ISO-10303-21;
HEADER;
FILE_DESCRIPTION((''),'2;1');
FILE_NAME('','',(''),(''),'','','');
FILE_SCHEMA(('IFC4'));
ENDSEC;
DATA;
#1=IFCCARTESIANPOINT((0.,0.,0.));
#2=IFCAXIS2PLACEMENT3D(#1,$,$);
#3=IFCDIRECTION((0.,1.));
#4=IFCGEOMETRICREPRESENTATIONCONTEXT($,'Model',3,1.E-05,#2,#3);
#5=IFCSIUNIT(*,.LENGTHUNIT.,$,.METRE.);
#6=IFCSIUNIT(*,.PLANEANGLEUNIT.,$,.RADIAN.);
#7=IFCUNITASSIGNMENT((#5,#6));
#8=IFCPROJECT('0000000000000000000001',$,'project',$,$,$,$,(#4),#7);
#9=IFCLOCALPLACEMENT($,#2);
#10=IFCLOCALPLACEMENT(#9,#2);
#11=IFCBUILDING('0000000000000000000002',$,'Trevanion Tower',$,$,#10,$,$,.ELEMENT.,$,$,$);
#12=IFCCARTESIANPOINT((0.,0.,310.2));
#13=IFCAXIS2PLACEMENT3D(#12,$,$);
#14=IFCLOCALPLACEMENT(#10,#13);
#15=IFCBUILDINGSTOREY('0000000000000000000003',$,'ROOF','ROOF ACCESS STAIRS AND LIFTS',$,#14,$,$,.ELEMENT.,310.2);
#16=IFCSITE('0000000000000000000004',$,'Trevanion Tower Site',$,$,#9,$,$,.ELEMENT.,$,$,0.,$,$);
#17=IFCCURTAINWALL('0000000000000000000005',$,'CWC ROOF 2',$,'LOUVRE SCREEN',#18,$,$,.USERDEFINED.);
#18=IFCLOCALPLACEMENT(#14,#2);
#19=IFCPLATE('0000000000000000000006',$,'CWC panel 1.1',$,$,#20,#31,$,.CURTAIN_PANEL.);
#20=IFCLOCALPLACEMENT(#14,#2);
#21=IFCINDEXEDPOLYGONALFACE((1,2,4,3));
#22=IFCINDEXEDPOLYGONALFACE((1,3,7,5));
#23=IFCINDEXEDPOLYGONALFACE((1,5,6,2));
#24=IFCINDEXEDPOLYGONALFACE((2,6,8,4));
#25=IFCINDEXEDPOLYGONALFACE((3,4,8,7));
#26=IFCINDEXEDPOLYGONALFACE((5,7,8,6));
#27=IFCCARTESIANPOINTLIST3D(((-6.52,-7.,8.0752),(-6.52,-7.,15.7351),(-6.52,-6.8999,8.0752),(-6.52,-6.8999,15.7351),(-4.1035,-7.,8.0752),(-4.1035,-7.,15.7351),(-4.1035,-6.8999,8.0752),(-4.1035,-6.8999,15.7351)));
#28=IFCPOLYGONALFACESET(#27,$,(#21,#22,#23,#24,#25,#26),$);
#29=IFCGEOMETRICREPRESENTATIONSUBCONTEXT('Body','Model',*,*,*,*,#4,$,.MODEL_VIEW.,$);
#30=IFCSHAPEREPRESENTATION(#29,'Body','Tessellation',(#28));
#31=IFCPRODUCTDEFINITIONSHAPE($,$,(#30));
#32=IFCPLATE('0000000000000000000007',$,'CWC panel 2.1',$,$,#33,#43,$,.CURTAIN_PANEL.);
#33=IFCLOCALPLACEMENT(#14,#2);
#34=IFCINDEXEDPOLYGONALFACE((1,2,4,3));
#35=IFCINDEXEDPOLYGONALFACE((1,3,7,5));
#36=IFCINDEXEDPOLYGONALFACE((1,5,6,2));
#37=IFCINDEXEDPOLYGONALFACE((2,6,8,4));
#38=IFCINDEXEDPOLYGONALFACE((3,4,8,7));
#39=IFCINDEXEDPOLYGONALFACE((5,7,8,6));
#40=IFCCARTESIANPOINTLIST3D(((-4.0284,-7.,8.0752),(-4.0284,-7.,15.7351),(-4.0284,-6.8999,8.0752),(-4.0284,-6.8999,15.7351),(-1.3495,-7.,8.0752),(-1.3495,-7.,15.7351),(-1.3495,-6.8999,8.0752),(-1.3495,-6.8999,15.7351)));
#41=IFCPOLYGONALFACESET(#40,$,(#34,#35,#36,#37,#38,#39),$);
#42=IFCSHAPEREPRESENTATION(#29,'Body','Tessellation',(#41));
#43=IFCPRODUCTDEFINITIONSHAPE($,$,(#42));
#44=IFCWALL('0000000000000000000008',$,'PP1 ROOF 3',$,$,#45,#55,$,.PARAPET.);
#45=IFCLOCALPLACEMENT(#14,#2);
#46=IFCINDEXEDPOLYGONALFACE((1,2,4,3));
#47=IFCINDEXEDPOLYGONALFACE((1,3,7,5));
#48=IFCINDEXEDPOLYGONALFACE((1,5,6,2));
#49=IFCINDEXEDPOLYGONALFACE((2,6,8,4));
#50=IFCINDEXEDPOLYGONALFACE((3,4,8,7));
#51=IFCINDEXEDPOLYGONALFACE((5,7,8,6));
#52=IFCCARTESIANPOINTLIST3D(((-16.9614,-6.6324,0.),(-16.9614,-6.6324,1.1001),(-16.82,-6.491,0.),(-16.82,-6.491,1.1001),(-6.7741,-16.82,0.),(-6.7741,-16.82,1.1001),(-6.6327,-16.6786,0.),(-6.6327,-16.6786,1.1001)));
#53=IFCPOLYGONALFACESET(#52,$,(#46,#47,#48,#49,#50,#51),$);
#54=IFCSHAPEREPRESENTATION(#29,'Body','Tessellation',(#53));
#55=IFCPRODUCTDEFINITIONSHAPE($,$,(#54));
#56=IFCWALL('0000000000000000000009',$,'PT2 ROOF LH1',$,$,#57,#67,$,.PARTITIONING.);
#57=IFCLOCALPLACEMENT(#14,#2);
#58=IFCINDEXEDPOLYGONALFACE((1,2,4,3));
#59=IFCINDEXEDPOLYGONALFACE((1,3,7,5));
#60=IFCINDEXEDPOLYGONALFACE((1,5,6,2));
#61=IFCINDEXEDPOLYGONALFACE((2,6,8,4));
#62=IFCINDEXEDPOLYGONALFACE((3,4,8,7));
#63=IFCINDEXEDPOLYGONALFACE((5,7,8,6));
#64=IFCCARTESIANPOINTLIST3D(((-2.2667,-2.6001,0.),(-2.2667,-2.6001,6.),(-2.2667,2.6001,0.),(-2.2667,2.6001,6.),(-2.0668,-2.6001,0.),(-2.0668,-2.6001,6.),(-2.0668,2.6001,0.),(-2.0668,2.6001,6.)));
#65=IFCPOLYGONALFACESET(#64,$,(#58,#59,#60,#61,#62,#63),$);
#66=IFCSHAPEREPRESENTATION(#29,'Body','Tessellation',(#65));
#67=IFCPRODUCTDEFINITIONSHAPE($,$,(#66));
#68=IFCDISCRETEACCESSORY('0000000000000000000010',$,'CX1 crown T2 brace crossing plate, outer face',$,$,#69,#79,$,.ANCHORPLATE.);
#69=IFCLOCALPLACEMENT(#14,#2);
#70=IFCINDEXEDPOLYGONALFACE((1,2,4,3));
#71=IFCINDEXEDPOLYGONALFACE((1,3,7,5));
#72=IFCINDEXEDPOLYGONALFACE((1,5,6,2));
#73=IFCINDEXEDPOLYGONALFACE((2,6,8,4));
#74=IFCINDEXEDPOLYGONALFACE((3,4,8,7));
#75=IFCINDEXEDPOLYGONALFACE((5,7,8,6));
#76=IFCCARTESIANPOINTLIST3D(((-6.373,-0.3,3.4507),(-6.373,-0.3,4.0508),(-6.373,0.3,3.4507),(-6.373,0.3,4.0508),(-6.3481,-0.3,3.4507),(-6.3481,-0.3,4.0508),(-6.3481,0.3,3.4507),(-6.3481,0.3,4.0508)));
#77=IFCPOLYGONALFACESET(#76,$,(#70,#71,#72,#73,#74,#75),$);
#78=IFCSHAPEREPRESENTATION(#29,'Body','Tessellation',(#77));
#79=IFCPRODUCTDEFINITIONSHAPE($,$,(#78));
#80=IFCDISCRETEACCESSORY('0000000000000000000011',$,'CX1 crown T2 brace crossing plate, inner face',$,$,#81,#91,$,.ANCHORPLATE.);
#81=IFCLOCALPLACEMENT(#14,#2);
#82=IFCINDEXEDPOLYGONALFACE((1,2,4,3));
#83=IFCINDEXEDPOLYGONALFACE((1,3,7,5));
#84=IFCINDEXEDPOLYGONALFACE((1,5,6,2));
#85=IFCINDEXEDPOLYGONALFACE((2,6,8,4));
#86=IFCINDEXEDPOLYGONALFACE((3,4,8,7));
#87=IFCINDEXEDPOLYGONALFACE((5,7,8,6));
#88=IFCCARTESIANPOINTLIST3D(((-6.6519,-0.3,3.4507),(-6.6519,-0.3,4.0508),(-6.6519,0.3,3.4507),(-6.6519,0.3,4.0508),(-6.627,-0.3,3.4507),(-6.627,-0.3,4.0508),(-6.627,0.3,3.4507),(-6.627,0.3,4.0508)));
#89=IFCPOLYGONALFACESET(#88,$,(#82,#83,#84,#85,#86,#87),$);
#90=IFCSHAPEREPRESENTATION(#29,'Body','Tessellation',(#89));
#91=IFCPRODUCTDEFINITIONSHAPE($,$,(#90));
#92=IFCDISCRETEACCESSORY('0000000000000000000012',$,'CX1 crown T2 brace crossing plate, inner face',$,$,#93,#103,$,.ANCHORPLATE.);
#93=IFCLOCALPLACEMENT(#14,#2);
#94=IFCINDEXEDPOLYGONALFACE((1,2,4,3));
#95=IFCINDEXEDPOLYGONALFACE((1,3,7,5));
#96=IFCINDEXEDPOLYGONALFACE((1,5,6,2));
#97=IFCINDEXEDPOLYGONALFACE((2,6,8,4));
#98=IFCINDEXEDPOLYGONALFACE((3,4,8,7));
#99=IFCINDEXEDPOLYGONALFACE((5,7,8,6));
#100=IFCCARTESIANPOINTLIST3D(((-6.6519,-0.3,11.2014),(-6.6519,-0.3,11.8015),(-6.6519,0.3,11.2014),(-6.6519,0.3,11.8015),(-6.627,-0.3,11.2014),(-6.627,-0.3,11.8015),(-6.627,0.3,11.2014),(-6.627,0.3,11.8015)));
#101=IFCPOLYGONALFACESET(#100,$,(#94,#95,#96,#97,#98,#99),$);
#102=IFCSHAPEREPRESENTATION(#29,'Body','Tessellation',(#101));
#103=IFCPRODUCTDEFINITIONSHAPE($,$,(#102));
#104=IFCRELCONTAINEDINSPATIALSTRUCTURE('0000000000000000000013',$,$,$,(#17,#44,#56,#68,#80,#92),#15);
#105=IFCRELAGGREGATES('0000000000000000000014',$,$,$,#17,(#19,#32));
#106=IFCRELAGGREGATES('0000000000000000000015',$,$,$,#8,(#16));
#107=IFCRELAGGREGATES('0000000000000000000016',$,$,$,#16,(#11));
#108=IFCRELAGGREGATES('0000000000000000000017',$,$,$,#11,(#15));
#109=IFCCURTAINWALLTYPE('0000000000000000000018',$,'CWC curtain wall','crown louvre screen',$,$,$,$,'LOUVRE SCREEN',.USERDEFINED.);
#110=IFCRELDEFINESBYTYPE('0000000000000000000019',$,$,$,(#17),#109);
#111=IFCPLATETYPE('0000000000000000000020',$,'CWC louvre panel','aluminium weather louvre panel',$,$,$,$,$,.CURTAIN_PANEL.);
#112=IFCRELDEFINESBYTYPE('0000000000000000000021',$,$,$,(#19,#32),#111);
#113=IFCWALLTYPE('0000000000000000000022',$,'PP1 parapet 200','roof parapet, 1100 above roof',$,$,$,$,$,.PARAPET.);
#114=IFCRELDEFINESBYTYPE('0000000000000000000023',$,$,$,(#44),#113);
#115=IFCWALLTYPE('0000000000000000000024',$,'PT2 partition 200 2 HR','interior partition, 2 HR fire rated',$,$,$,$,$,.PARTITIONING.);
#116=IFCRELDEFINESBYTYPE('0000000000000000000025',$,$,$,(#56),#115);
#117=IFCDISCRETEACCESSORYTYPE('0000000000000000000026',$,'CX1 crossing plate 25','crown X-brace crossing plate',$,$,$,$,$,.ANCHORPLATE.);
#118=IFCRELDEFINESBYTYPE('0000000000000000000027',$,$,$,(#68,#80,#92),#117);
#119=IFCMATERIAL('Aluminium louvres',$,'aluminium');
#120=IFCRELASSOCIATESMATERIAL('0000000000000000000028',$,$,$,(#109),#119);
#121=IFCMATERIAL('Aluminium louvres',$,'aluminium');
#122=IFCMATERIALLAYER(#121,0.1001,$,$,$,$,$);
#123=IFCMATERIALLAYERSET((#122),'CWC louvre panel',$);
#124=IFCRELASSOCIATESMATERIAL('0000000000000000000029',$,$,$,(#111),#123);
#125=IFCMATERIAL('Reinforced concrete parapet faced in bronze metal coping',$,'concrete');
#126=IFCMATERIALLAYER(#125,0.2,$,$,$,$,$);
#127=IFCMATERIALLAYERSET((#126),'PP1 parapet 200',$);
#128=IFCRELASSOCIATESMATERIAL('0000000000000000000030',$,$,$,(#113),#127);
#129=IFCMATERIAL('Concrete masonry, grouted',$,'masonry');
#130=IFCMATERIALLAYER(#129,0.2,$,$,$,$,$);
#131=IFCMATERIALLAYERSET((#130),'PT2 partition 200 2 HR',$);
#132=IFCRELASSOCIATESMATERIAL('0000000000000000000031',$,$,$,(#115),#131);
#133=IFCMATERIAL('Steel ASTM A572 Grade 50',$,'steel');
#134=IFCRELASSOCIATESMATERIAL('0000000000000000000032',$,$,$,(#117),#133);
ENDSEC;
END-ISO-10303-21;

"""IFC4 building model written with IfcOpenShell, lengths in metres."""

from ifc_helpers import new_model, si_unit, direction, frame, frame_2d, origin, origin_2d, place, context, subcontext, project, spatial, rectangle, extrude, material, layer, layer_set, type_object, element, aggregate, save


model = new_model("IFC4")

# Units and contexts
model_context = context("Model", 3, precision=1e-05, world=origin(), true_north=direction((0.0, 1.0)))
body_context = subcontext(model_context, "Body", "Model", "MODEL_VIEW")
ifc_project = project(units=[si_unit("LENGTHUNIT", "METRE"), si_unit("PLANEANGLEUNIT", "RADIAN")], contexts=[model_context])

# Site, building, storey
site_placement = place(None, origin())
site = spatial("IfcSite", under=ifc_project, at=site_placement, Name="Trevanion Tower Site", CompositionType="ELEMENT", RefElevation=0.0)
building_placement = place(site_placement, origin())
building = spatial("IfcBuilding", under=site, at=building_placement, Name="Trevanion Tower", CompositionType="ELEMENT")
storey_placement = place(building_placement, frame((0.0, 0.0, 310.2)))
storey = spatial("IfcBuildingStorey", under=building, at=storey_placement, Name="ROOF", Description="ROOF ACCESS STAIRS AND LIFTS", CompositionType="ELEMENT", Elevation=310.2)

# Shared definitions
ifc_material_1 = material(Name="Aluminium louvres", Category="aluminium")
curtain_wall_type = type_object("IfcCurtainWallType", Name="CWC curtain wall", Description="crown louvre screen", ElementType="LOUVRE SCREEN", PredefinedType="USERDEFINED", material=ifc_material_1)

# Curtain wall
curtain_wall_1_placement = place(storey_placement, origin())
curtain_wall_1 = element("IfcCurtainWall", 1, at=curtain_wall_1_placement, inside=storey, type_object=curtain_wall_type, Name="CWC ROOF 2", ObjectType="LOUVRE SCREEN", PredefinedType="USERDEFINED")

# Plates
ifc_material_2 = material(Name="Aluminium louvres", Category="aluminium")
ifc_layer_1 = layer(ifc_material_2, 0.1001)
ifc_layer_set_1 = layer_set([ifc_layer_1], Name="CWC louvre panel")
plate_type = type_object("IfcPlateType", Name="CWC louvre panel", Description="aluminium weather louvre panel", PredefinedType="CURTAIN_PANEL", material=ifc_layer_set_1)
plate_1_placement = place(storey_placement, frame((-5.3118, -6.95, 8.0752), z_axis=(0.0, 0.0, 1.0), x_axis=(1.0, 0.0, 0.0)))
plate_1 = element("IfcPlate", 2, at=plate_1_placement, type_object=plate_type, Name="CWC panel 1.1", PredefinedType="CURTAIN_PANEL", context=body_context, shape_type="SweptSolid", body=[
    extrude(rectangle(XDim=2.4165, YDim=0.1001, at=origin_2d()), origin(), (0.0, 0.0, 1.0), 7.6599),
])
plate_2_placement = place(storey_placement, frame((-2.689, -6.95, 8.0752), z_axis=(0.0, 0.0, 1.0), x_axis=(1.0, 0.0, 0.0)))
plate_2 = element("IfcPlate", 3, at=plate_2_placement, type_object=plate_type, Name="CWC panel 2.1", PredefinedType="CURTAIN_PANEL", context=body_context, shape_type="SweptSolid", body=[
    extrude(rectangle(XDim=2.679, YDim=0.1001, at=origin_2d()), origin(), (0.0, 0.0, 1.0), 7.6599),
])
aggregate(curtain_wall_1, [plate_1, plate_2])

# Walls
ifc_material_3 = material(Name="Reinforced concrete parapet faced in bronze metal coping", Category="concrete")
ifc_layer_2 = layer(ifc_material_3, 0.2)
ifc_layer_set_2 = layer_set([ifc_layer_2], Name="PP1 parapet 200")
wall_type_1 = type_object("IfcWallType", Name="PP1 parapet 200", Description="roof parapet, 1100 above roof", PredefinedType="PARAPET", material=ifc_layer_set_2)
wall_1_placement = place(storey_placement, frame((-6.7034, -16.7493, 0.0), z_axis=(0.0, 0.0, 1.0), x_axis=(-0.707098, 0.707115, 0.0)))
element("IfcWall", 4, at=wall_1_placement, inside=storey, type_object=wall_type_1, Name="PP1 ROOF 3", PredefinedType="PARAPET", context=body_context, shape_type="SweptSolid", body=[
    extrude(rectangle(XDim=14.4072, YDim=0.2, at=frame_2d((7.2036, 0.0))), origin(), (0.0, 0.0, 1.0), 1.1001),
])
ifc_material_4 = material(Name="Concrete masonry, grouted", Category="masonry")
ifc_layer_3 = layer(ifc_material_4, 0.2)
ifc_layer_set_3 = layer_set([ifc_layer_3], Name="PT2 partition 200 2 HR")
wall_type_2 = type_object("IfcWallType", Name="PT2 partition 200 2 HR", Description="interior partition, 2 HR fire rated", PredefinedType="PARTITIONING", material=ifc_layer_set_3)
wall_2_placement = place(storey_placement, frame((-2.1667, -2.6001, 0.0), z_axis=(0.0, 0.0, 1.0), x_axis=(0.0, 1.0, 0.0)))
element("IfcWall", 5, at=wall_2_placement, inside=storey, type_object=wall_type_2, Name="PT2 ROOF LH1", PredefinedType="PARTITIONING", context=body_context, shape_type="SweptSolid", body=[
    extrude(rectangle(XDim=5.2002, YDim=0.2, at=frame_2d((2.6001, 0.0))), origin(), (0.0, 0.0, 1.0), 6.0),
])

# Discrete accessories
ifc_material_5 = material(Name="Steel ASTM A572 Grade 50", Category="steel")
discrete_accessory_type = type_object("IfcDiscreteAccessoryType", Name="CX1 crossing plate 25", Description="crown X-brace crossing plate", PredefinedType="ANCHORPLATE", material=ifc_material_5)
for number, where, z_axis, x_axis, name in (
    (6, (-6.3606, 0.0, 3.4507), (0.0, 0.0, 1.0), (0.0, -1.0, 0.0), "CX1 crown T2 brace crossing plate, outer face"),
    (7, (-6.6394, 0.0, 3.4507), (0.0, 0.0, 1.0), (0.0, -1.0, 0.0), "CX1 crown T2 brace crossing plate, inner face"),
    (8, (-6.6394, 0.0, 11.2014), (0.0, 0.0, 1.0), (0.0, -1.0, 0.0), "CX1 crown T2 brace crossing plate, inner face"),
):
    element("IfcDiscreteAccessory", number, at=place(storey_placement, frame(where, z_axis=z_axis, x_axis=x_axis)), inside=storey, type_object=discrete_accessory_type, Name=name, PredefinedType="ANCHORPLATE", context=body_context, shape_type="SweptSolid", body=[
        extrude(rectangle(XDim=0.6001, YDim=0.0249, at=origin_2d()), origin(), (0.0, 0.0, 1.0), 0.6001),
    ])

save(model, "model.ifc")
